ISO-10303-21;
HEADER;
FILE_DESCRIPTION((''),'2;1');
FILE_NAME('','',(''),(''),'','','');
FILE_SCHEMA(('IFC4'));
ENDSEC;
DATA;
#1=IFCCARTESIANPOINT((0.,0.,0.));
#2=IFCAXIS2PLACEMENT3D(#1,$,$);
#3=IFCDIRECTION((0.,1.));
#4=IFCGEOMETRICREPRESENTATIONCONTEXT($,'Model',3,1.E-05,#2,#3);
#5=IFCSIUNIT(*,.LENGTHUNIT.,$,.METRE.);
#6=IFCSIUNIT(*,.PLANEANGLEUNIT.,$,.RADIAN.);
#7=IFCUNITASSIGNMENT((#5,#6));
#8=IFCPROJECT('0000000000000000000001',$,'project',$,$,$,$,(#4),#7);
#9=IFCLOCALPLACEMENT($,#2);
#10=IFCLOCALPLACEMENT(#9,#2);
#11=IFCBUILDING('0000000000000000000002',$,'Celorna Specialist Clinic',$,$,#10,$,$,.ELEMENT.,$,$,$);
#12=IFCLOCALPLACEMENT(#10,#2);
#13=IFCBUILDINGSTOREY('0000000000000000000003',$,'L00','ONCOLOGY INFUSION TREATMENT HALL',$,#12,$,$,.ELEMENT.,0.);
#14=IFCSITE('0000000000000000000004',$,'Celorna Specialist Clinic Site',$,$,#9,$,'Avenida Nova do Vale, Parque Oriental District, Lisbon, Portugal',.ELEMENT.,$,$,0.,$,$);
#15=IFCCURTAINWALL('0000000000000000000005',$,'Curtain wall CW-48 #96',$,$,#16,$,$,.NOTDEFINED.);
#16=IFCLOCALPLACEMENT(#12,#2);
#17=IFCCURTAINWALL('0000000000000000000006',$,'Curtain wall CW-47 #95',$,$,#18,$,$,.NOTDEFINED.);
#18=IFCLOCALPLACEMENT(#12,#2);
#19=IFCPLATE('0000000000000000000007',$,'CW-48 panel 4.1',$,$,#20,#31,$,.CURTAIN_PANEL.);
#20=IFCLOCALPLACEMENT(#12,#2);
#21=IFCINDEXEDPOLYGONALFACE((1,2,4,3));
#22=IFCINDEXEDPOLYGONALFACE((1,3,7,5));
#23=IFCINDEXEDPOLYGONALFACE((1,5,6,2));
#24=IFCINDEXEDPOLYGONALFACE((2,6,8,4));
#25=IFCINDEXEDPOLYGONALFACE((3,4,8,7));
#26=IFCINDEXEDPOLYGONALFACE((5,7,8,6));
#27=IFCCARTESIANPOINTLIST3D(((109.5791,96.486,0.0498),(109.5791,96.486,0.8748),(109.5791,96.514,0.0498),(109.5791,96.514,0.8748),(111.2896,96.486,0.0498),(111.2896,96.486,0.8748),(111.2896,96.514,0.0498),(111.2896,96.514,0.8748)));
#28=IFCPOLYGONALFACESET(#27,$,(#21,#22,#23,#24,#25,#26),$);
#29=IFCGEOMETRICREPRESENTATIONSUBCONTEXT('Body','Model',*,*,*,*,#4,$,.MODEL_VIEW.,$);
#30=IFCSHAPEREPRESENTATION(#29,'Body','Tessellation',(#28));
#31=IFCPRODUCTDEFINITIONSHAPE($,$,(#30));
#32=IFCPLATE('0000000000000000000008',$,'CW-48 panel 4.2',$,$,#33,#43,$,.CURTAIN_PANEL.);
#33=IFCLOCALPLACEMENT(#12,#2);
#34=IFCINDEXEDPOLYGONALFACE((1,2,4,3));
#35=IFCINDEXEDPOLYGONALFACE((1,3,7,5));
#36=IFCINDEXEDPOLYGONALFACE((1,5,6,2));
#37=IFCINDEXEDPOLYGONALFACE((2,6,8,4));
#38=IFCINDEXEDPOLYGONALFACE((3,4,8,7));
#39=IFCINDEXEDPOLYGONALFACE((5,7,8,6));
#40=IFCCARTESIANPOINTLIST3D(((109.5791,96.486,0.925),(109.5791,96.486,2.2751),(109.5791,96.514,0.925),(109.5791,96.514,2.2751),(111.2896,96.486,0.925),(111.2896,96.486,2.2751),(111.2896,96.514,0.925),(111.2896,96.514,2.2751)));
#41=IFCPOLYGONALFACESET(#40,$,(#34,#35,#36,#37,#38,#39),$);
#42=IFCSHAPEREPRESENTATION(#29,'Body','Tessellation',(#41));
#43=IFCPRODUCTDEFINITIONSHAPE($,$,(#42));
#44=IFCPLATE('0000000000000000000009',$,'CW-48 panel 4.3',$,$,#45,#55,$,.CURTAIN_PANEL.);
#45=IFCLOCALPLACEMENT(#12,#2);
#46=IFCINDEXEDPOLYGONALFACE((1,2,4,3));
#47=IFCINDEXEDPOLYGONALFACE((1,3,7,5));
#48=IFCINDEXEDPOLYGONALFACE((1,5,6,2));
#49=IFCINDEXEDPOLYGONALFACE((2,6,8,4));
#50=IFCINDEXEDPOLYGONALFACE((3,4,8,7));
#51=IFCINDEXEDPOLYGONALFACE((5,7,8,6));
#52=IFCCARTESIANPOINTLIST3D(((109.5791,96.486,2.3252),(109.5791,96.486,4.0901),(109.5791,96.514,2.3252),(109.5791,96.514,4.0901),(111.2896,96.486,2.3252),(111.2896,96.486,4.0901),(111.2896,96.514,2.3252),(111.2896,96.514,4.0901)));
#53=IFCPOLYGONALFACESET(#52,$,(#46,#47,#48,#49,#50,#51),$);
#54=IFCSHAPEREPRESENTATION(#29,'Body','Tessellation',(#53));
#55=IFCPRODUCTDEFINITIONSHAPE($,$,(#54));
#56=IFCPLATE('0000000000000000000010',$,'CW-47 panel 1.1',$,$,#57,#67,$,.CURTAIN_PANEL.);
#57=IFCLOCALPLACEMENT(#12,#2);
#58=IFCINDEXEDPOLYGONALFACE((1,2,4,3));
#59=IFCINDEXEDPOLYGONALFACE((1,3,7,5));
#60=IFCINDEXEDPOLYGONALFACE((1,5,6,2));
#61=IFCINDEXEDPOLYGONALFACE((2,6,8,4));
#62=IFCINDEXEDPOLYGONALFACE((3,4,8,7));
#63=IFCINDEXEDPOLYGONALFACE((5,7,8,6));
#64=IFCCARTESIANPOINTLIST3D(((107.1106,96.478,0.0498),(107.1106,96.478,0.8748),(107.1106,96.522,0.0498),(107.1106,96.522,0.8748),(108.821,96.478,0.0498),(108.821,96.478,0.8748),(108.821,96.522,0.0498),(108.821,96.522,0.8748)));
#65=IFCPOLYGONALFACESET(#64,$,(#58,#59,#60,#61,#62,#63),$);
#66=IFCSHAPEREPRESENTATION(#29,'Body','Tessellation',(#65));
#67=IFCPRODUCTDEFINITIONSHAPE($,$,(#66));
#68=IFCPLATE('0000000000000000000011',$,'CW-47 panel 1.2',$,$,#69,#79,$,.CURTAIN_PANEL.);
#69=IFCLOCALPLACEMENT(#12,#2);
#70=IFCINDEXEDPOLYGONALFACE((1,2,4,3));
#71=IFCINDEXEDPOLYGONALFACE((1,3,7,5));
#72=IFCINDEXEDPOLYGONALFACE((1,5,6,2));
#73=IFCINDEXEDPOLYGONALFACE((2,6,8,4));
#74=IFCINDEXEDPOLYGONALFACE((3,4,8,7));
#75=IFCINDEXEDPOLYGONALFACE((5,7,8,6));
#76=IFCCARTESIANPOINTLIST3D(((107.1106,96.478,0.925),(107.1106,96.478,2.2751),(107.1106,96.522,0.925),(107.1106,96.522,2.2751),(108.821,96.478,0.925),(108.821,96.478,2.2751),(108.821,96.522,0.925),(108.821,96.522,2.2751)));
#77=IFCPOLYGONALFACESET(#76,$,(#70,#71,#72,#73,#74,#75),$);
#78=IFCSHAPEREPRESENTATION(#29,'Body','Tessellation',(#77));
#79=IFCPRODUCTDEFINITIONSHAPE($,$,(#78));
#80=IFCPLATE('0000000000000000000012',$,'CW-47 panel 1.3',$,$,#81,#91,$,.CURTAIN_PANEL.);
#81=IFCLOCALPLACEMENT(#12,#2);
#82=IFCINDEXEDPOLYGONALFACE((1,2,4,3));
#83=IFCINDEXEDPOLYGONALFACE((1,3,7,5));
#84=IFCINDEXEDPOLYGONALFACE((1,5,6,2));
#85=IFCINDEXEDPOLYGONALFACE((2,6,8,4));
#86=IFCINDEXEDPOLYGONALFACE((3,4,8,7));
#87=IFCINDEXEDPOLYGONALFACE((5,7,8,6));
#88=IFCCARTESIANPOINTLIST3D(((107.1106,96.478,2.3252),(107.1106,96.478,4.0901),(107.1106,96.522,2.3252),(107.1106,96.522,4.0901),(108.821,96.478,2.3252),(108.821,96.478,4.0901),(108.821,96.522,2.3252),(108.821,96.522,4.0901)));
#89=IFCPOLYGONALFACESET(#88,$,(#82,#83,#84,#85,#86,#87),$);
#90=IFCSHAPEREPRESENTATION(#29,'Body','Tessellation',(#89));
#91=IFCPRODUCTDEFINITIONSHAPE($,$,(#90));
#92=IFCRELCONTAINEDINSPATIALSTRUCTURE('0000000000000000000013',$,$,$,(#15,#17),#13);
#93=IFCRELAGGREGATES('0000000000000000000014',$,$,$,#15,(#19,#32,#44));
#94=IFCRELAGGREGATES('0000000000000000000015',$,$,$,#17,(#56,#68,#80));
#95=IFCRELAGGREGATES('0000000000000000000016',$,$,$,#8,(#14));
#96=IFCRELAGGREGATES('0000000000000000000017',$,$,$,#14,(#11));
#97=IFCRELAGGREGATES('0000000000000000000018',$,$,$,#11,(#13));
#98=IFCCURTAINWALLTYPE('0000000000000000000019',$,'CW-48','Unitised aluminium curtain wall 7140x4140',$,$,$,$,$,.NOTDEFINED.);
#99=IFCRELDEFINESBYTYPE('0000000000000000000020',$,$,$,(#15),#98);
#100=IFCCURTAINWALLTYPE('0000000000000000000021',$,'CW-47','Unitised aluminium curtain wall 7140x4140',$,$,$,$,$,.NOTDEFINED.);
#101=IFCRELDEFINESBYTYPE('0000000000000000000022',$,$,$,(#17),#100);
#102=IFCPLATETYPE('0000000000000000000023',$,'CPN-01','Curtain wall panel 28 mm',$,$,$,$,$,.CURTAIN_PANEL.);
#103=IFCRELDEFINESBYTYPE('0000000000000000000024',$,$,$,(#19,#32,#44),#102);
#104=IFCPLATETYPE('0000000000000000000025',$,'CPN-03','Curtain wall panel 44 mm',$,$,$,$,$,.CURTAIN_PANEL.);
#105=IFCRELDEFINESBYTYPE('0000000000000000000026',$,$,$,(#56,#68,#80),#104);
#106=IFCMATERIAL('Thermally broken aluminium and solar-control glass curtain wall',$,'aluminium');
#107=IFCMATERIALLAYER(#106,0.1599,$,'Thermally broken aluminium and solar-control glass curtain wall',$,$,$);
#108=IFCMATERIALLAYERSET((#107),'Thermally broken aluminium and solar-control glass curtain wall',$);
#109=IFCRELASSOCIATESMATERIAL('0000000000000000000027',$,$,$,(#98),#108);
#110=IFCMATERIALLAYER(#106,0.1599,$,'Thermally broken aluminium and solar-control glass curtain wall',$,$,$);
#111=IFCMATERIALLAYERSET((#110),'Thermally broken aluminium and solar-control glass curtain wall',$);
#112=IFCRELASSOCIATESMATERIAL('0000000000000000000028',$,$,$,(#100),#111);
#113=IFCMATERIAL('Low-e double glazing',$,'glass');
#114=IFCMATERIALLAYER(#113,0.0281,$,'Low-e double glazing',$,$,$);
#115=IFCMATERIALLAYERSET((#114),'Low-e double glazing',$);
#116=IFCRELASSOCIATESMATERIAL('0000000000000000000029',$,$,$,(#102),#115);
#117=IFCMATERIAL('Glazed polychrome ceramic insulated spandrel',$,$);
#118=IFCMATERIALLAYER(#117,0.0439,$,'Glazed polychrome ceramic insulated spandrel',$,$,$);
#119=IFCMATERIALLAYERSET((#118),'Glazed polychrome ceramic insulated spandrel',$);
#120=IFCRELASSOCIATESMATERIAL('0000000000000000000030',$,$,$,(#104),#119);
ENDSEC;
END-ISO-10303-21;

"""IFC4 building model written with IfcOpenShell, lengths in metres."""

from ifc_helpers import new_model, si_unit, direction, frame, origin, origin_2d, place, context, subcontext, project, spatial, rectangle, extrude, material, layer, layer_set, type_object, element, aggregate, save


model = new_model("IFC4")

# Units and contexts
model_context = context("Model", 3, precision=1e-05, world=origin(), true_north=direction((0.0, 1.0)))
body_context = subcontext(model_context, "Body", "Model", "MODEL_VIEW")
ifc_project = project(units=[si_unit("LENGTHUNIT", "METRE"), si_unit("PLANEANGLEUNIT", "RADIAN")], contexts=[model_context])

# Site, building, storey
site_placement = place(None, origin())
site = spatial("IfcSite", under=ifc_project, at=site_placement, Name="Celorna Specialist Clinic Site", LongName="Avenida Nova do Vale, Parque Oriental District, Lisbon, Portugal", CompositionType="ELEMENT", RefElevation=0.0)
building_placement = place(site_placement, origin())
building = spatial("IfcBuilding", under=site, at=building_placement, Name="Celorna Specialist Clinic", CompositionType="ELEMENT")
storey_placement = place(building_placement, origin())
storey = spatial("IfcBuildingStorey", under=building, at=storey_placement, Name="L00", Description="ONCOLOGY INFUSION TREATMENT HALL", CompositionType="ELEMENT", Elevation=0.0)

# Curtain walls
ifc_material_1 = material(Name="Thermally broken aluminium and solar-control glass curtain wall", Category="aluminium")
ifc_layer_1 = layer(ifc_material_1, 0.1599, Name="Thermally broken aluminium and solar-control glass curtain wall")
ifc_layer_set_1 = layer_set([ifc_layer_1], Name="Thermally broken aluminium and solar-control glass curtain wall")
curtain_wall_type_1 = type_object("IfcCurtainWallType", Name="CW-48", Description="Unitised aluminium curtain wall 7140x4140", PredefinedType="NOTDEFINED", material=ifc_layer_set_1)
curtain_wall_1_placement = place(storey_placement, origin())
curtain_wall_1 = element("IfcCurtainWall", 1, at=curtain_wall_1_placement, inside=storey, type_object=curtain_wall_type_1, Name="Curtain wall CW-48 #96", PredefinedType="NOTDEFINED")
ifc_layer_2 = layer(ifc_material_1, 0.1599, Name="Thermally broken aluminium and solar-control glass curtain wall")
ifc_layer_set_2 = layer_set([ifc_layer_2], Name="Thermally broken aluminium and solar-control glass curtain wall")
curtain_wall_type_2 = type_object("IfcCurtainWallType", Name="CW-47", Description="Unitised aluminium curtain wall 7140x4140", PredefinedType="NOTDEFINED", material=ifc_layer_set_2)
curtain_wall_2_placement = place(storey_placement, origin())
curtain_wall_2 = element("IfcCurtainWall", 2, at=curtain_wall_2_placement, inside=storey, type_object=curtain_wall_type_2, Name="Curtain wall CW-47 #95", PredefinedType="NOTDEFINED")

# Plates
ifc_material_2 = material(Name="Low-e double glazing", Category="glass")
ifc_layer_3 = layer(ifc_material_2, 0.0281, Name="Low-e double glazing")
ifc_layer_set_3 = layer_set([ifc_layer_3], Name="Low-e double glazing")
plate_type_1 = type_object("IfcPlateType", Name="CPN-01", Description="Curtain wall panel 28 mm", PredefinedType="CURTAIN_PANEL", material=ifc_layer_set_3)
plate_1_placement = place(storey_placement, frame((110.4343, 96.5, 0.0498), z_axis=(0.0, 0.0, 1.0), x_axis=(-1.0, 0.0, 0.0)))
plate_1 = element("IfcPlate", 3, at=plate_1_placement, type_object=plate_type_1, Name="CW-48 panel 4.1", PredefinedType="CURTAIN_PANEL", context=body_context, shape_type="SweptSolid", body=[
    extrude(rectangle(XDim=1.7104, YDim=0.0281, at=origin_2d()), origin(), (0.0, 0.0, 1.0), 0.825),
])
plate_2_placement = place(storey_placement, frame((110.4343, 96.5, 0.925), z_axis=(0.0, 0.0, 1.0), x_axis=(-1.0, 0.0, 0.0)))
plate_2 = element("IfcPlate", 4, at=plate_2_placement, type_object=plate_type_1, Name="CW-48 panel 4.2", PredefinedType="CURTAIN_PANEL", context=body_context, shape_type="SweptSolid", body=[
    extrude(rectangle(XDim=1.7104, YDim=0.0281, at=origin_2d()), origin(), (0.0, 0.0, 1.0), 1.3501),
])
plate_3_placement = place(storey_placement, frame((110.4343, 96.5, 2.3252), z_axis=(0.0, 0.0, 1.0), x_axis=(-1.0, 0.0, 0.0)))
plate_3 = element("IfcPlate", 5, at=plate_3_placement, type_object=plate_type_1, Name="CW-48 panel 4.3", PredefinedType="CURTAIN_PANEL", context=body_context, shape_type="SweptSolid", body=[
    extrude(rectangle(XDim=1.7104, YDim=0.0281, at=origin_2d()), origin(), (0.0, 0.0, 1.0), 1.7649),
])
aggregate(curtain_wall_1, [plate_1, plate_2, plate_3])
ifc_material_3 = material(Name="Glazed polychrome ceramic insulated spandrel")
ifc_layer_4 = layer(ifc_material_3, 0.0439, Name="Glazed polychrome ceramic insulated spandrel")
ifc_layer_set_4 = layer_set([ifc_layer_4], Name="Glazed polychrome ceramic insulated spandrel")
plate_type_2 = type_object("IfcPlateType", Name="CPN-03", Description="Curtain wall panel 44 mm", PredefinedType="CURTAIN_PANEL", material=ifc_layer_set_4)
plate_4_placement = place(storey_placement, frame((107.9658, 96.5, 0.0498), z_axis=(0.0, 0.0, 1.0), x_axis=(-1.0, 0.0, 0.0)))
plate_4 = element("IfcPlate", 6, at=plate_4_placement, type_object=plate_type_2, Name="CW-47 panel 1.1", PredefinedType="CURTAIN_PANEL", context=body_context, shape_type="SweptSolid", body=[
    extrude(rectangle(XDim=1.7104, YDim=0.0439, at=origin_2d()), origin(), (0.0, 0.0, 1.0), 0.825),
])
plate_5_placement = place(storey_placement, frame((107.9658, 96.5, 0.925), z_axis=(0.0, 0.0, 1.0), x_axis=(-1.0, 0.0, 0.0)))
plate_5 = element("IfcPlate", 7, at=plate_5_placement, type_object=plate_type_2, Name="CW-47 panel 1.2", PredefinedType="CURTAIN_PANEL", context=body_context, shape_type="SweptSolid", body=[
    extrude(rectangle(XDim=1.7104, YDim=0.0439, at=origin_2d()), origin(), (0.0, 0.0, 1.0), 1.3501),
])
plate_6_placement = place(storey_placement, frame((107.9658, 96.5, 2.3252), z_axis=(0.0, 0.0, 1.0), x_axis=(-1.0, 0.0, 0.0)))
plate_6 = element("IfcPlate", 8, at=plate_6_placement, type_object=plate_type_2, Name="CW-47 panel 1.3", PredefinedType="CURTAIN_PANEL", context=body_context, shape_type="SweptSolid", body=[
    extrude(rectangle(XDim=1.7104, YDim=0.0439, at=origin_2d()), origin(), (0.0, 0.0, 1.0), 1.7649),
])
aggregate(curtain_wall_2, [plate_4, plate_5, plate_6])

save(model, "model.ifc")
